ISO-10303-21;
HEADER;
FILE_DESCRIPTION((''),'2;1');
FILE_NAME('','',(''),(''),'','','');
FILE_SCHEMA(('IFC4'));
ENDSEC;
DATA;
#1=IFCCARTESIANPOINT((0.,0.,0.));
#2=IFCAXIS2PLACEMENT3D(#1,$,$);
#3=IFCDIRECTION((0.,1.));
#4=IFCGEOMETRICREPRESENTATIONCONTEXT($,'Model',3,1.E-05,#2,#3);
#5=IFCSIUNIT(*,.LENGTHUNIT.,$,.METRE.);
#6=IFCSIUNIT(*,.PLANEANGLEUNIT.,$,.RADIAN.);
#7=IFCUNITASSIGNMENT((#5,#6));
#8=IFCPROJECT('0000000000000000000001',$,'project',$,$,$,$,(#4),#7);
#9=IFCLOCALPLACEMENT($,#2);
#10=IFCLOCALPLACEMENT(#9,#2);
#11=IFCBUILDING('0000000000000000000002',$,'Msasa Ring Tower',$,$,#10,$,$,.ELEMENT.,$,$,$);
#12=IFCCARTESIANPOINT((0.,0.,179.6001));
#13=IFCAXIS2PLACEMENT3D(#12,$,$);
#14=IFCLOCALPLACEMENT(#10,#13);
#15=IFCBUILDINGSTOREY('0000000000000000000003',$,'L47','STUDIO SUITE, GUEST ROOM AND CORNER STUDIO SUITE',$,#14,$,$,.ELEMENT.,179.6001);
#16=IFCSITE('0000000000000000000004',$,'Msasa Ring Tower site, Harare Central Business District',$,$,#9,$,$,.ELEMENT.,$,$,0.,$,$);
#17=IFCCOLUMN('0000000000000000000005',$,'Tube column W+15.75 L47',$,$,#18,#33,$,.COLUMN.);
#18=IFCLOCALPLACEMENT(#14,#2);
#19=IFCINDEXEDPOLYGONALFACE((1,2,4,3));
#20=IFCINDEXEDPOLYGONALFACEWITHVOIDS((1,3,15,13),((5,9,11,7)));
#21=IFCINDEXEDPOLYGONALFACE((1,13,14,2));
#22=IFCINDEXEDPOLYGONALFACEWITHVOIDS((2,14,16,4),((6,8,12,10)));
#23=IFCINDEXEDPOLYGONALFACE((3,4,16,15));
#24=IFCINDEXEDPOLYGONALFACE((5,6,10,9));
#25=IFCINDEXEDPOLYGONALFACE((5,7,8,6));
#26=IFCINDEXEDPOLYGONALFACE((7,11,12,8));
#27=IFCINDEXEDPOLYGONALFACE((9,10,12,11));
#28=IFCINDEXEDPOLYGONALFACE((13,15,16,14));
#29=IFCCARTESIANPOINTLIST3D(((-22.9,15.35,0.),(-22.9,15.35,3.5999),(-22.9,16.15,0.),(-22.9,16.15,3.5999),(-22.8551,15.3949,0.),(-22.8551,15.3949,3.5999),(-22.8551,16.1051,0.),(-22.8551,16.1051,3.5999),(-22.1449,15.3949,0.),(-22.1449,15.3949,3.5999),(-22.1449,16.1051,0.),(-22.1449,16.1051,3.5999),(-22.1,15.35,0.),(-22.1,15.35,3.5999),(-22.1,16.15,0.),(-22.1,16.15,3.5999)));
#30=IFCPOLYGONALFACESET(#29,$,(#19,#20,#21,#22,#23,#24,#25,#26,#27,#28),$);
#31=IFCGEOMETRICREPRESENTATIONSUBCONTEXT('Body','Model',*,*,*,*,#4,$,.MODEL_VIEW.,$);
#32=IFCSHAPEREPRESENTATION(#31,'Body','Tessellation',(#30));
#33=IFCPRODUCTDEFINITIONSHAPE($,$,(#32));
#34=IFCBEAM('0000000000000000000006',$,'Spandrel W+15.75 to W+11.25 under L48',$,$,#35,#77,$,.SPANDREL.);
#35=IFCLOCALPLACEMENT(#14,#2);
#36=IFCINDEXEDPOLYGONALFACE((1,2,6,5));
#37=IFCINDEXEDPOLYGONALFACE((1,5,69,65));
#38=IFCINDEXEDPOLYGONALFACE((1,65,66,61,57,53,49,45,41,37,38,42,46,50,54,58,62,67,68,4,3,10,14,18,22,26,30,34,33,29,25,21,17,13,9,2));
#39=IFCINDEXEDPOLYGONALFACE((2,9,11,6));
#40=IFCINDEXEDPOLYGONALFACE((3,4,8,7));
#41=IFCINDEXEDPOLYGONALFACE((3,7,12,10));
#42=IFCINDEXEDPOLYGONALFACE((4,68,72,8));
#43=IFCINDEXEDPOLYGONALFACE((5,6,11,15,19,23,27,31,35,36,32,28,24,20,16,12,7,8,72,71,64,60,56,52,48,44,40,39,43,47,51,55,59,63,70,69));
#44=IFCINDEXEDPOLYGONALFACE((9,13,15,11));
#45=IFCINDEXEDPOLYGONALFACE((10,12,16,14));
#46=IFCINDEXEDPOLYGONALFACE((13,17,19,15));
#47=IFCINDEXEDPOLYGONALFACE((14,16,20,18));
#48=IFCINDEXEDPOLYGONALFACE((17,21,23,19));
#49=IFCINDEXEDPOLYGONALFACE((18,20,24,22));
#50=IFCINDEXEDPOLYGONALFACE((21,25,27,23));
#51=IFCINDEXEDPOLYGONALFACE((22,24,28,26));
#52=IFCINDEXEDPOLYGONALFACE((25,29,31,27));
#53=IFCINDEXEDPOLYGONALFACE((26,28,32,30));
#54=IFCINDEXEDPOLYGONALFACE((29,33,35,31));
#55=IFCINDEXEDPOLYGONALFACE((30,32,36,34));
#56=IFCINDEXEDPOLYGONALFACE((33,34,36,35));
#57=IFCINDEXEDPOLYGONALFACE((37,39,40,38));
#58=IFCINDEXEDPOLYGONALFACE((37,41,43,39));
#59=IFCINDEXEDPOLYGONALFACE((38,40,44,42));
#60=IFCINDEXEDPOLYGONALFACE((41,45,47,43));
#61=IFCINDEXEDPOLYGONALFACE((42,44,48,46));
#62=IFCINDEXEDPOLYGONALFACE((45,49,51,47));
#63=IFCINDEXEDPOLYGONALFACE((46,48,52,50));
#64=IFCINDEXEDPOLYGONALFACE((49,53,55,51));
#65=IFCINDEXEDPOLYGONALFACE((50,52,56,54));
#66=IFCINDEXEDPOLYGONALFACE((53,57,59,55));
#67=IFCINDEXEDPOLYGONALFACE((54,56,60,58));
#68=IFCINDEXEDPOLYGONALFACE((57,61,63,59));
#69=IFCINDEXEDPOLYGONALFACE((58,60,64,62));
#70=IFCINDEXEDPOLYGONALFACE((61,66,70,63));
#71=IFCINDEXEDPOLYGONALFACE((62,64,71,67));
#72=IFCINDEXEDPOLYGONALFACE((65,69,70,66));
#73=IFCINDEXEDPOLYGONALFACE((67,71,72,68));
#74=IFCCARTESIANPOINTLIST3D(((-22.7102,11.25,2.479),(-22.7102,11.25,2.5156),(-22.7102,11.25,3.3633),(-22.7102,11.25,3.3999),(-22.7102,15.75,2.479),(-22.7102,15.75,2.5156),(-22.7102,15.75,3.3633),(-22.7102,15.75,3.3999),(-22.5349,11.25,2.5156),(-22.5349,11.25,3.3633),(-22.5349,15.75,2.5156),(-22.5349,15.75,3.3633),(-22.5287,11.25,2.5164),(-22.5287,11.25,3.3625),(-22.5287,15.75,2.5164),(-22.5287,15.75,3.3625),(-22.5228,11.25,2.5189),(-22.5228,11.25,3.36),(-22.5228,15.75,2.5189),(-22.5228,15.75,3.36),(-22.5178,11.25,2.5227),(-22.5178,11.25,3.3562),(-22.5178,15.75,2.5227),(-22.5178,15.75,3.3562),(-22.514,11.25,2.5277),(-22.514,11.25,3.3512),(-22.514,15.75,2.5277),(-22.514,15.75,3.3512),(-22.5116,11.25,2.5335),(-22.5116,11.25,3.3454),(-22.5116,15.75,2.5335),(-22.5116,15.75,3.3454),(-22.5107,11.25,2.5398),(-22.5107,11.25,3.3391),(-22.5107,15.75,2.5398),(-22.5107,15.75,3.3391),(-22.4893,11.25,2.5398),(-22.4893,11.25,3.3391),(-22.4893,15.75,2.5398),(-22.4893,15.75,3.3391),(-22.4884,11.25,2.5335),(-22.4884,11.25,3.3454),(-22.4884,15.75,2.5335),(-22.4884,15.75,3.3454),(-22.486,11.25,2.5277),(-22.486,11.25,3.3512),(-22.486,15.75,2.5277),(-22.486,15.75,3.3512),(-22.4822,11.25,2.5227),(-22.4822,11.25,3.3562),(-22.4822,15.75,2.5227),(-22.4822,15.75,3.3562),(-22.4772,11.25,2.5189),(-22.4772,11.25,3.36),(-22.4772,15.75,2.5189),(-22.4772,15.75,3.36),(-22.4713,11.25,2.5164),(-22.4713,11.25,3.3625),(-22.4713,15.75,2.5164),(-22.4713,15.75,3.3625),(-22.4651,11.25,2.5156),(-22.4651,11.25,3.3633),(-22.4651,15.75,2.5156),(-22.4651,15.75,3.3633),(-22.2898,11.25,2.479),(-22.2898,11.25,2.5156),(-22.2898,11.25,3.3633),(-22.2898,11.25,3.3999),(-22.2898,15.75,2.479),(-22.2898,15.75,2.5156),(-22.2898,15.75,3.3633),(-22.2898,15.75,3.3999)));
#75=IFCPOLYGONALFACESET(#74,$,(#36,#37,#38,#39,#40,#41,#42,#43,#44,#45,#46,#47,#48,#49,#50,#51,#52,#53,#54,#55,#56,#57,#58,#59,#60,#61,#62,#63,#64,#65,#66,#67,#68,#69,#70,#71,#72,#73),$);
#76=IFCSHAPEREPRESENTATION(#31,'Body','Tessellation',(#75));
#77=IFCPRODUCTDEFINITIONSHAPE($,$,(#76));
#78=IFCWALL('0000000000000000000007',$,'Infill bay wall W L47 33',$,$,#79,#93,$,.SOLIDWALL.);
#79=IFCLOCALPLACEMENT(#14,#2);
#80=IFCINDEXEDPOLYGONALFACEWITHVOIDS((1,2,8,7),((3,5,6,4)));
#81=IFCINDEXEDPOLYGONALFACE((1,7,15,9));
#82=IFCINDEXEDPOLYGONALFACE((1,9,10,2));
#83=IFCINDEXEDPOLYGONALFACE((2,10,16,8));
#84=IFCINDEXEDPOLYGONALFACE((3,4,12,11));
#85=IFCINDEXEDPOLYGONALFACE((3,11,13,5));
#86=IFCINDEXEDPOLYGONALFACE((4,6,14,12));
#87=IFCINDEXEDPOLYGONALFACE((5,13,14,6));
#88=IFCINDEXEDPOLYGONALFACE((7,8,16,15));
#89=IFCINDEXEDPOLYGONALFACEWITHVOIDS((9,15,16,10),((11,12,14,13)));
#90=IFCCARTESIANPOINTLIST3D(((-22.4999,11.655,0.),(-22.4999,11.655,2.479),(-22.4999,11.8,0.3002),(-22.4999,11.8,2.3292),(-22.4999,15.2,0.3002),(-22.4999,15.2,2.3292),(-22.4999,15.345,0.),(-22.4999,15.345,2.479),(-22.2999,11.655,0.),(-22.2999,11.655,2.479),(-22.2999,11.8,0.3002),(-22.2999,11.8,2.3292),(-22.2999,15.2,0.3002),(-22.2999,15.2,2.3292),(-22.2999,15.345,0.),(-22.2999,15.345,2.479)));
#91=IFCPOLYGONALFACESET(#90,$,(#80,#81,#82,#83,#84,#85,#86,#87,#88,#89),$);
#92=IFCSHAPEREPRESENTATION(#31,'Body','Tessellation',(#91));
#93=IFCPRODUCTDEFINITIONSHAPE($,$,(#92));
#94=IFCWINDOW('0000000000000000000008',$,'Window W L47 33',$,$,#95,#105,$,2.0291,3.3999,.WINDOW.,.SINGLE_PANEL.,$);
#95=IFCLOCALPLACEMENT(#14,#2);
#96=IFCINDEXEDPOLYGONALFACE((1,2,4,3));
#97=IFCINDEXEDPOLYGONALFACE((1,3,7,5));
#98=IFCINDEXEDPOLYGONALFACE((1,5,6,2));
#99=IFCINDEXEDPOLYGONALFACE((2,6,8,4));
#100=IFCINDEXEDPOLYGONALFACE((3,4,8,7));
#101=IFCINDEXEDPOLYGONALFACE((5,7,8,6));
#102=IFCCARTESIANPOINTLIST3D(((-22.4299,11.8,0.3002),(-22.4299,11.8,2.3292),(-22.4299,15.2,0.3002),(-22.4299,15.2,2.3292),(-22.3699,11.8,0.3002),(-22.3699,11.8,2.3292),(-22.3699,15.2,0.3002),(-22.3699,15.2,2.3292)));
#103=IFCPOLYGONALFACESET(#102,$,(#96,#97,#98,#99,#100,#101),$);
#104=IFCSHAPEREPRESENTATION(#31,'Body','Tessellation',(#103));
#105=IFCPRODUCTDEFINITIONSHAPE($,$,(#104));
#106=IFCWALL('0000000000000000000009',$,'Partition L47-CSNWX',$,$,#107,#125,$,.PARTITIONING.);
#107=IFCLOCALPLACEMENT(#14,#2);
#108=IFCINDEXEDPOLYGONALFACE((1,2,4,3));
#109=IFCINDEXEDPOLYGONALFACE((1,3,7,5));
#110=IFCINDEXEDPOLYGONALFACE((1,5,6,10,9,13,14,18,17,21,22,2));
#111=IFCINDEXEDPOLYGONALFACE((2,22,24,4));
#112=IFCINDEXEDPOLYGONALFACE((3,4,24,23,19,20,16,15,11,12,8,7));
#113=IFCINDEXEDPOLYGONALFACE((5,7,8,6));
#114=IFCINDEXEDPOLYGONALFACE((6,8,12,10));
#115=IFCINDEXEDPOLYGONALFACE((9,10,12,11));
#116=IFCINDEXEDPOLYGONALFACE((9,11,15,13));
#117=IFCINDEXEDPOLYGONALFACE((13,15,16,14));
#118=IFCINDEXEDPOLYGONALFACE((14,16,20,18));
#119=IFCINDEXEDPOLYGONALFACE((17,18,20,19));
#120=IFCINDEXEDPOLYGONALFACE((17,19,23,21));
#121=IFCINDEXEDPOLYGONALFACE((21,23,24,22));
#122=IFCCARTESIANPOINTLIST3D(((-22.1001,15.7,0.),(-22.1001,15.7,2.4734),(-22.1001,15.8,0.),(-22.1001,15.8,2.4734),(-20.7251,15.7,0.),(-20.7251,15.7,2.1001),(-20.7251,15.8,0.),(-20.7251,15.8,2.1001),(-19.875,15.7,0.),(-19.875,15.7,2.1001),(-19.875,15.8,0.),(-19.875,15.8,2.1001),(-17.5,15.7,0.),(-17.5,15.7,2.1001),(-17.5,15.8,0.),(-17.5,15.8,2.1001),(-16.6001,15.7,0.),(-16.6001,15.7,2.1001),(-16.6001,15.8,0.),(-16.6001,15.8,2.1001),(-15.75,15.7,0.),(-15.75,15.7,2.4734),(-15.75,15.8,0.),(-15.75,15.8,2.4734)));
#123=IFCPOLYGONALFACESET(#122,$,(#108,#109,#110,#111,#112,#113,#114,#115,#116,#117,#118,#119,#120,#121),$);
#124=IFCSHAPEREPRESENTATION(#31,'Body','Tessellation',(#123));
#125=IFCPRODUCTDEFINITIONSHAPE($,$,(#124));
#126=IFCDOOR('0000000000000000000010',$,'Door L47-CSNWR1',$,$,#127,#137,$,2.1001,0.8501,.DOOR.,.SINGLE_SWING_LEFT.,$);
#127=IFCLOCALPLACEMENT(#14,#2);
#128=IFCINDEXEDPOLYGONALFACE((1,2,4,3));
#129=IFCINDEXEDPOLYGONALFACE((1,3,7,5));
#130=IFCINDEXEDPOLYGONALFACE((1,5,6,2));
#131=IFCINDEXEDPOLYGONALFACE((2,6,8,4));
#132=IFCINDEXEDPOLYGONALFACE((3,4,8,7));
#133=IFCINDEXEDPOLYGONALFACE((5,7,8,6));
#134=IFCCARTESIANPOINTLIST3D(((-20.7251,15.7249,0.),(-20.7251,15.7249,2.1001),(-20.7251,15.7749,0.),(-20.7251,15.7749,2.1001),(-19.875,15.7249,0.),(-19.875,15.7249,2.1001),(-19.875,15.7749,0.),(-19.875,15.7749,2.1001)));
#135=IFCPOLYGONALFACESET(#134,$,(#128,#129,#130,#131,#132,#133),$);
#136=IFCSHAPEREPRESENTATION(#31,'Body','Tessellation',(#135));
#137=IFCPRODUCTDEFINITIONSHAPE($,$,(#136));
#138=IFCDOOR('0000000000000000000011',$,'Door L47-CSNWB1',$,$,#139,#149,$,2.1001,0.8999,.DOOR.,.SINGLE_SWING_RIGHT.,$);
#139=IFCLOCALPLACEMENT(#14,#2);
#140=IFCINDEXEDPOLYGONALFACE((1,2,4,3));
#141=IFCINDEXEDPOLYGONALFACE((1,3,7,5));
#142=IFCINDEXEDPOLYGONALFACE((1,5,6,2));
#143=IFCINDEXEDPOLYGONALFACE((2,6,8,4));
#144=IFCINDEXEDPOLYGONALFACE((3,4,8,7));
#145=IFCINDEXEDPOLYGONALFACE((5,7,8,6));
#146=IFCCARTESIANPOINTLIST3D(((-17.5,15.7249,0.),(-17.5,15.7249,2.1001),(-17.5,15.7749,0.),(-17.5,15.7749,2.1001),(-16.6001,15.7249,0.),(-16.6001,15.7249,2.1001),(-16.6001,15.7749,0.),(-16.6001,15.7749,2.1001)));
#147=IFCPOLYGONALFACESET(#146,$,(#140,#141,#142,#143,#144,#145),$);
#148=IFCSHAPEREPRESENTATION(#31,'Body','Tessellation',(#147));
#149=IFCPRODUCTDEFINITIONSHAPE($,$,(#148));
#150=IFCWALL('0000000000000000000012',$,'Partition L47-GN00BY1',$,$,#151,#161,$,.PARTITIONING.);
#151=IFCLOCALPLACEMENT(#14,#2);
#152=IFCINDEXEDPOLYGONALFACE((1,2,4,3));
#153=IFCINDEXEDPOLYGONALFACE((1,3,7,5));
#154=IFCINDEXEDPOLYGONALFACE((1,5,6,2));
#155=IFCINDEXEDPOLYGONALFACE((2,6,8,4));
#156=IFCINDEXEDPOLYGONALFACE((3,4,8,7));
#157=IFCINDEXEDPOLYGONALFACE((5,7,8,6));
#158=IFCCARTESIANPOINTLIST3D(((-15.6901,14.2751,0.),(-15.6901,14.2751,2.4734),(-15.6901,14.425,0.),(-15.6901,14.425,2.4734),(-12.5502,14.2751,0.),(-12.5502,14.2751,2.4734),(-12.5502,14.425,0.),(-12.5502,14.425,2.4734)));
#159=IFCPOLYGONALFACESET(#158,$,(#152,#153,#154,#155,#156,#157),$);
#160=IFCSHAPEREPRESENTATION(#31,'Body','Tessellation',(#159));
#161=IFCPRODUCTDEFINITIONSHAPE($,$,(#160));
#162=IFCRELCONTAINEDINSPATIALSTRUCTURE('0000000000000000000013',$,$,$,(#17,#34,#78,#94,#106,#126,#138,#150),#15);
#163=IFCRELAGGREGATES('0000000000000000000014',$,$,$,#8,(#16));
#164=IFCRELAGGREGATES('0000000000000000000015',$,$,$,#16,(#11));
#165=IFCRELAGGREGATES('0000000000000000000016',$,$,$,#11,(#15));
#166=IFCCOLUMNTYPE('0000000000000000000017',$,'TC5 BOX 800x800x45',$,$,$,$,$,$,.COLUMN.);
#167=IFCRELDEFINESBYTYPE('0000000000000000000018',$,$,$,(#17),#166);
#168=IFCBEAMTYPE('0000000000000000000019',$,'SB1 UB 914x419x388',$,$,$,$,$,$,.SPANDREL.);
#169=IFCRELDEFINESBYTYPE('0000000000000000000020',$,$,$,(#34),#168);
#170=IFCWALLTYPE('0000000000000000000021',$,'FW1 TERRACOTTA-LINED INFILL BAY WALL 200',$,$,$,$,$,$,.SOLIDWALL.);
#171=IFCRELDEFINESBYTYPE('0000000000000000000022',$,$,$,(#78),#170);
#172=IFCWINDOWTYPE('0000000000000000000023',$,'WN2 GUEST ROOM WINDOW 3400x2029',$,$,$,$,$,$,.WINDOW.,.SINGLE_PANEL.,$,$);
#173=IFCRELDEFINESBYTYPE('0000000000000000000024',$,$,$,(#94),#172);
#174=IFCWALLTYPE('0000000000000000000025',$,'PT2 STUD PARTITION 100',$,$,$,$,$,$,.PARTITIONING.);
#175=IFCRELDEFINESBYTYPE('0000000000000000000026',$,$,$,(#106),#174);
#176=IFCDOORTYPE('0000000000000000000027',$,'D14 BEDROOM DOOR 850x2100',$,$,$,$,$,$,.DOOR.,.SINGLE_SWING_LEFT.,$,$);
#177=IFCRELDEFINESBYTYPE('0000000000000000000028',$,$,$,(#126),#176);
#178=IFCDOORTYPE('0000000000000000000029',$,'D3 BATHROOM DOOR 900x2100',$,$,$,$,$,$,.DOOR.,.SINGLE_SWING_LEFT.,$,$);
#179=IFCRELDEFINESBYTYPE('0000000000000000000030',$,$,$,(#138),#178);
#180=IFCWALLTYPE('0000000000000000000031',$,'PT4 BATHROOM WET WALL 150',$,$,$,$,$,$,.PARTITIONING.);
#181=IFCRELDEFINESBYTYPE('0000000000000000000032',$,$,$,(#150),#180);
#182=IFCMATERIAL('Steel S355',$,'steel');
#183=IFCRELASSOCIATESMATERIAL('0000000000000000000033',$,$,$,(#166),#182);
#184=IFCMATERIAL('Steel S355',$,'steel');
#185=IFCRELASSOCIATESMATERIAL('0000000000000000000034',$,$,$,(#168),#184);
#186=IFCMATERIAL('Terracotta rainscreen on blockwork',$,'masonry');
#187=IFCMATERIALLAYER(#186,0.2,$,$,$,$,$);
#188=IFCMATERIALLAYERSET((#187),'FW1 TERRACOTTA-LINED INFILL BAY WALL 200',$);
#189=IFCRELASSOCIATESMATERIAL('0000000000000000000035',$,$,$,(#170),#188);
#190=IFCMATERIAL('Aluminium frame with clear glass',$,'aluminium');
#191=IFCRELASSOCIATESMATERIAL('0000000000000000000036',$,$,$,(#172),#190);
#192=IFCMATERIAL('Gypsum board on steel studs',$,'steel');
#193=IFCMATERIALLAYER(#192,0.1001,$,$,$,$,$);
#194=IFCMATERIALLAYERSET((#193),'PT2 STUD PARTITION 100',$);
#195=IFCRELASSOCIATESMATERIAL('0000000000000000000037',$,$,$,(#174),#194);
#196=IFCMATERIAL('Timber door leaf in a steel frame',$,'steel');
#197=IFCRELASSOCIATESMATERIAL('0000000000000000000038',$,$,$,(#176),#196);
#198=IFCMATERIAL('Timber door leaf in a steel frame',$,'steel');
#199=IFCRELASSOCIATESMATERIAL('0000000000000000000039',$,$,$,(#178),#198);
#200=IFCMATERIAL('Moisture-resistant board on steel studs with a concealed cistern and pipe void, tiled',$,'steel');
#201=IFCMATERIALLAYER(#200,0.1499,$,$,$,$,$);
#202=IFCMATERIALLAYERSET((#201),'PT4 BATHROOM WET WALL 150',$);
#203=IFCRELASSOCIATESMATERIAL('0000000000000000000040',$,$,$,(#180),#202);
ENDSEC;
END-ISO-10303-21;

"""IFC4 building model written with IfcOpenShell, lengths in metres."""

from ifc_helpers import new_model, si_unit, direction, frame, frame_2d, origin, origin_2d, place, context, subcontext, project, spatial, rectangle, hollow_rectangle, i_section, extrude, material, layer, layer_set, material_profile, profile_set, type_object, element, fill, save


model = new_model("IFC4")

# Units and contexts
model_context = context("Model", 3, precision=1e-05, world=origin(), true_north=direction((0.0, 1.0)))
body_context = subcontext(model_context, "Body", "Model", "MODEL_VIEW")
ifc_project = project(units=[si_unit("LENGTHUNIT", "METRE"), si_unit("PLANEANGLEUNIT", "RADIAN")], contexts=[model_context])

# Site, building, storey
site_placement = place(None, origin())
site = spatial("IfcSite", under=ifc_project, at=site_placement, Name="Msasa Ring Tower site, Harare Central Business District", CompositionType="ELEMENT", RefElevation=0.0)
building_placement = place(site_placement, origin())
building = spatial("IfcBuilding", under=site, at=building_placement, Name="Msasa Ring Tower", CompositionType="ELEMENT")
storey_placement = place(building_placement, frame((0.0, 0.0, 179.6001)))
storey = spatial("IfcBuildingStorey", under=building, at=storey_placement, Name="L47", Description="STUDIO SUITE, GUEST ROOM AND CORNER STUDIO SUITE", CompositionType="ELEMENT", Elevation=179.6001)

# Column
ifc_material_1 = material(Name="Steel S355", Category="steel")
ifc_material_profile_1 = material_profile(ifc_material_1, hollow_rectangle(XDim=0.8, YDim=0.8, WallThickness=0.0449, at=origin_2d()), Name="BOX 800x800x45")
ifc_profile_set_1 = profile_set([ifc_material_profile_1], Name="Steel S355")
column_type = type_object("IfcColumnType", Name="TC5 BOX 800x800x45", PredefinedType="COLUMN", material=ifc_profile_set_1)
column_placement = place(storey_placement, frame((-22.5, 15.75, 0.0), z_axis=(0.0, 0.0, 1.0), x_axis=(1.0, 0.0, 0.0)))
element("IfcColumn", 1, at=column_placement, inside=storey, type_object=column_type, Name="Tube column W+15.75 L47", PredefinedType="COLUMN", context=body_context, shape_type="SweptSolid", body=[
    extrude(hollow_rectangle(XDim=0.8, YDim=0.8, WallThickness=0.0449, at=origin_2d()), origin(), (0.0, 0.0, 1.0), 3.5999),
])

# Beam
ifc_material_2 = material(Name="Steel S355", Category="steel")
ifc_material_profile_2 = material_profile(ifc_material_2, i_section(OverallWidth=0.4204, OverallDepth=0.9209, WebThickness=0.0215, FlangeThickness=0.0366, FilletRadius=0.0242, at=origin_2d()), Name="UB 914x419x388")
ifc_profile_set_2 = profile_set([ifc_material_profile_2], Name="Steel S355")
beam_type = type_object("IfcBeamType", Name="SB1 UB 914x419x388", PredefinedType="SPANDREL", material=ifc_profile_set_2)
beam_placement = place(storey_placement, frame((-22.5, 15.75, 2.9395), z_axis=(0.0, -1.0, 0.0), x_axis=(1.0, 0.0, 0.0)))
element("IfcBeam", 2, at=beam_placement, inside=storey, type_object=beam_type, Name="Spandrel W+15.75 to W+11.25 under L48", PredefinedType="SPANDREL", context=body_context, shape_type="SweptSolid", body=[
    extrude(i_section(OverallWidth=0.4204, OverallDepth=0.9209, WebThickness=0.0215, FlangeThickness=0.0366, FilletRadius=0.0242, at=origin_2d()), origin(), (0.0, 0.0, 1.0), 4.5),
])

# Wall, opening, window
ifc_material_3 = material(Name="Terracotta rainscreen on blockwork", Category="masonry")
ifc_layer_1 = layer(ifc_material_3, 0.2)
ifc_layer_set_1 = layer_set([ifc_layer_1], Name="FW1 TERRACOTTA-LINED INFILL BAY WALL 200")
wall_type_1 = type_object("IfcWallType", Name="FW1 TERRACOTTA-LINED INFILL BAY WALL 200", PredefinedType="SOLIDWALL", material=ifc_layer_set_1)
wall_1_placement = place(storey_placement, frame((-22.3999, 11.655, 0.0), z_axis=(0.0, 0.0, 1.0), x_axis=(0.0, 1.0, 0.0)))
wall_1 = element("IfcWall", 3, at=wall_1_placement, inside=storey, type_object=wall_type_1, Name="Infill bay wall W L47 33", PredefinedType="SOLIDWALL", context=body_context, shape_type="SweptSolid", body=[
    extrude(rectangle(XDim=3.6899, YDim=0.2, at=frame_2d((1.845, 0.0))), origin(), (0.0, 0.0, 1.0), 2.479),
])
opening_1_placement = place(wall_1_placement, frame((0.145, 0.0, 0.3)))
opening_1 = element("IfcOpeningElement", 4, at=opening_1_placement, cuts=wall_1, PredefinedType="OPENING", context=body_context, shape_type="SweptSolid", body=[
    extrude(rectangle(XDim=3.3999, YDim=2.0291, at=frame_2d((1.7, 1.0146))), frame((0.0, 0.1099, 0.0), z_axis=(0.0, -1.0, 0.0), x_axis=(1.0, 0.0, 0.0)), (0.0, 0.0, 1.0), 0.22),
])
ifc_material_4 = material(Name="Aluminium frame with clear glass", Category="aluminium")
window_type = type_object("IfcWindowType", Name="WN2 GUEST ROOM WINDOW 3400x2029", PartitioningType="SINGLE_PANEL", PredefinedType="WINDOW", material=ifc_material_4)
window_placement = place(opening_1_placement, origin())
window = element("IfcWindow", 5, at=window_placement, inside=storey, type_object=window_type, Name="Window W L47 33", OverallHeight=2.0291, OverallWidth=3.3999, PartitioningType="SINGLE_PANEL", PredefinedType="WINDOW", context=body_context, shape_type="SweptSolid", body=[
    extrude(rectangle(XDim=3.3999, YDim=2.0291, at=frame_2d((1.7, 1.0146))), frame((0.0, 0.03, 0.0), z_axis=(0.0, -1.0, 0.0), x_axis=(1.0, 0.0, 0.0)), (0.0, 0.0, 1.0), 0.0601),
])
fill(opening_1, window)

# Wall, openings, doors
ifc_material_5 = material(Name="Gypsum board on steel studs", Category="steel")
ifc_layer_2 = layer(ifc_material_5, 0.1001)
ifc_layer_set_2 = layer_set([ifc_layer_2], Name="PT2 STUD PARTITION 100")
wall_type_2 = type_object("IfcWallType", Name="PT2 STUD PARTITION 100", PredefinedType="PARTITIONING", material=ifc_layer_set_2)
wall_2_placement = place(storey_placement, frame((-22.1001, 15.75, 0.0), z_axis=(0.0, 0.0, 1.0), x_axis=(1.0, 0.0, 0.0)))
wall_2 = element("IfcWall", 6, at=wall_2_placement, inside=storey, type_object=wall_type_2, Name="Partition L47-CSNWX", PredefinedType="PARTITIONING", context=body_context, shape_type="SweptSolid", body=[
    extrude(rectangle(XDim=6.3501, YDim=0.1001, at=frame_2d((3.175, 0.0))), origin(), (0.0, 0.0, 1.0), 2.4734),
])
opening_2_placement = place(wall_2_placement, frame((1.375, 0.0, 0.0)))
opening_2 = element("IfcOpeningElement", 7, at=opening_2_placement, cuts=wall_2, PredefinedType="OPENING", context=body_context, shape_type="SweptSolid", body=[
    extrude(rectangle(XDim=0.8501, YDim=2.1001, at=frame_2d((0.425, 1.05))), frame((0.0, 0.0601, 0.0), z_axis=(0.0, -1.0, 0.0), x_axis=(1.0, 0.0, 0.0)), (0.0, 0.0, 1.0), 0.1201),
])
opening_3_placement = place(wall_2_placement, frame((4.6001, 0.0, 0.0)))
opening_3 = element("IfcOpeningElement", 8, at=opening_3_placement, cuts=wall_2, PredefinedType="OPENING", context=body_context, shape_type="SweptSolid", body=[
    extrude(rectangle(XDim=0.8999, YDim=2.1001, at=frame_2d((0.45, 1.05))), frame((0.0, 0.0601, 0.0), z_axis=(0.0, -1.0, 0.0), x_axis=(1.0, 0.0, 0.0)), (0.0, 0.0, 1.0), 0.1201),
])
ifc_material_6 = material(Name="Timber door leaf in a steel frame", Category="steel")
door_type_1 = type_object("IfcDoorType", Name="D14 BEDROOM DOOR 850x2100", OperationType="SINGLE_SWING_LEFT", PredefinedType="DOOR", material=ifc_material_6)
door_1_placement = place(opening_2_placement, origin())
door_1 = element("IfcDoor", 9, at=door_1_placement, inside=storey, type_object=door_type_1, Name="Door L47-CSNWR1", OperationType="SINGLE_SWING_LEFT", OverallHeight=2.1001, OverallWidth=0.8501, PredefinedType="DOOR", context=body_context, shape_type="SweptSolid", body=[
    extrude(rectangle(XDim=0.8501, YDim=2.1001, at=frame_2d((0.425, 1.05))), frame((0.0, 0.0249, 0.0), z_axis=(0.0, -1.0, 0.0), x_axis=(1.0, 0.0, 0.0)), (0.0, 0.0, 1.0), 0.05),
])
fill(opening_2, door_1)
ifc_material_7 = material(Name="Timber door leaf in a steel frame", Category="steel")
door_type_2 = type_object("IfcDoorType", Name="D3 BATHROOM DOOR 900x2100", OperationType="SINGLE_SWING_LEFT", PredefinedType="DOOR", material=ifc_material_7)
door_2_placement = place(opening_3_placement, origin())
door_2 = element("IfcDoor", 10, at=door_2_placement, inside=storey, type_object=door_type_2, Name="Door L47-CSNWB1", OperationType="SINGLE_SWING_RIGHT", OverallHeight=2.1001, OverallWidth=0.8999, PredefinedType="DOOR", context=body_context, shape_type="SweptSolid", body=[
    extrude(rectangle(XDim=0.8999, YDim=2.1001, at=frame_2d((0.45, 1.05))), frame((0.0, 0.0249, 0.0), z_axis=(0.0, -1.0, 0.0), x_axis=(1.0, 0.0, 0.0)), (0.0, 0.0, 1.0), 0.05),
])
fill(opening_3, door_2)

# Wall
ifc_material_8 = material(Name="Moisture-resistant board on steel studs with a concealed cistern and pipe void, tiled", Category="steel")
ifc_layer_3 = layer(ifc_material_8, 0.1499)
ifc_layer_set_3 = layer_set([ifc_layer_3], Name="PT4 BATHROOM WET WALL 150")
wall_type_3 = type_object("IfcWallType", Name="PT4 BATHROOM WET WALL 150", PredefinedType="PARTITIONING", material=ifc_layer_set_3)
wall_3_placement = place(storey_placement, frame((-15.6899, 14.3501, 0.0), z_axis=(0.0, 0.0, 1.0), x_axis=(1.0, 0.0, 0.0)))
element("IfcWall", 11, at=wall_3_placement, inside=storey, type_object=wall_type_3, Name="Partition L47-GN00BY1", PredefinedType="PARTITIONING", context=body_context, shape_type="SweptSolid", body=[
    extrude(rectangle(XDim=3.1399, YDim=0.1499, at=frame_2d((1.5698, 0.0))), origin(), (0.0, 0.0, 1.0), 2.4734),
])

save(model, "model.ifc")
